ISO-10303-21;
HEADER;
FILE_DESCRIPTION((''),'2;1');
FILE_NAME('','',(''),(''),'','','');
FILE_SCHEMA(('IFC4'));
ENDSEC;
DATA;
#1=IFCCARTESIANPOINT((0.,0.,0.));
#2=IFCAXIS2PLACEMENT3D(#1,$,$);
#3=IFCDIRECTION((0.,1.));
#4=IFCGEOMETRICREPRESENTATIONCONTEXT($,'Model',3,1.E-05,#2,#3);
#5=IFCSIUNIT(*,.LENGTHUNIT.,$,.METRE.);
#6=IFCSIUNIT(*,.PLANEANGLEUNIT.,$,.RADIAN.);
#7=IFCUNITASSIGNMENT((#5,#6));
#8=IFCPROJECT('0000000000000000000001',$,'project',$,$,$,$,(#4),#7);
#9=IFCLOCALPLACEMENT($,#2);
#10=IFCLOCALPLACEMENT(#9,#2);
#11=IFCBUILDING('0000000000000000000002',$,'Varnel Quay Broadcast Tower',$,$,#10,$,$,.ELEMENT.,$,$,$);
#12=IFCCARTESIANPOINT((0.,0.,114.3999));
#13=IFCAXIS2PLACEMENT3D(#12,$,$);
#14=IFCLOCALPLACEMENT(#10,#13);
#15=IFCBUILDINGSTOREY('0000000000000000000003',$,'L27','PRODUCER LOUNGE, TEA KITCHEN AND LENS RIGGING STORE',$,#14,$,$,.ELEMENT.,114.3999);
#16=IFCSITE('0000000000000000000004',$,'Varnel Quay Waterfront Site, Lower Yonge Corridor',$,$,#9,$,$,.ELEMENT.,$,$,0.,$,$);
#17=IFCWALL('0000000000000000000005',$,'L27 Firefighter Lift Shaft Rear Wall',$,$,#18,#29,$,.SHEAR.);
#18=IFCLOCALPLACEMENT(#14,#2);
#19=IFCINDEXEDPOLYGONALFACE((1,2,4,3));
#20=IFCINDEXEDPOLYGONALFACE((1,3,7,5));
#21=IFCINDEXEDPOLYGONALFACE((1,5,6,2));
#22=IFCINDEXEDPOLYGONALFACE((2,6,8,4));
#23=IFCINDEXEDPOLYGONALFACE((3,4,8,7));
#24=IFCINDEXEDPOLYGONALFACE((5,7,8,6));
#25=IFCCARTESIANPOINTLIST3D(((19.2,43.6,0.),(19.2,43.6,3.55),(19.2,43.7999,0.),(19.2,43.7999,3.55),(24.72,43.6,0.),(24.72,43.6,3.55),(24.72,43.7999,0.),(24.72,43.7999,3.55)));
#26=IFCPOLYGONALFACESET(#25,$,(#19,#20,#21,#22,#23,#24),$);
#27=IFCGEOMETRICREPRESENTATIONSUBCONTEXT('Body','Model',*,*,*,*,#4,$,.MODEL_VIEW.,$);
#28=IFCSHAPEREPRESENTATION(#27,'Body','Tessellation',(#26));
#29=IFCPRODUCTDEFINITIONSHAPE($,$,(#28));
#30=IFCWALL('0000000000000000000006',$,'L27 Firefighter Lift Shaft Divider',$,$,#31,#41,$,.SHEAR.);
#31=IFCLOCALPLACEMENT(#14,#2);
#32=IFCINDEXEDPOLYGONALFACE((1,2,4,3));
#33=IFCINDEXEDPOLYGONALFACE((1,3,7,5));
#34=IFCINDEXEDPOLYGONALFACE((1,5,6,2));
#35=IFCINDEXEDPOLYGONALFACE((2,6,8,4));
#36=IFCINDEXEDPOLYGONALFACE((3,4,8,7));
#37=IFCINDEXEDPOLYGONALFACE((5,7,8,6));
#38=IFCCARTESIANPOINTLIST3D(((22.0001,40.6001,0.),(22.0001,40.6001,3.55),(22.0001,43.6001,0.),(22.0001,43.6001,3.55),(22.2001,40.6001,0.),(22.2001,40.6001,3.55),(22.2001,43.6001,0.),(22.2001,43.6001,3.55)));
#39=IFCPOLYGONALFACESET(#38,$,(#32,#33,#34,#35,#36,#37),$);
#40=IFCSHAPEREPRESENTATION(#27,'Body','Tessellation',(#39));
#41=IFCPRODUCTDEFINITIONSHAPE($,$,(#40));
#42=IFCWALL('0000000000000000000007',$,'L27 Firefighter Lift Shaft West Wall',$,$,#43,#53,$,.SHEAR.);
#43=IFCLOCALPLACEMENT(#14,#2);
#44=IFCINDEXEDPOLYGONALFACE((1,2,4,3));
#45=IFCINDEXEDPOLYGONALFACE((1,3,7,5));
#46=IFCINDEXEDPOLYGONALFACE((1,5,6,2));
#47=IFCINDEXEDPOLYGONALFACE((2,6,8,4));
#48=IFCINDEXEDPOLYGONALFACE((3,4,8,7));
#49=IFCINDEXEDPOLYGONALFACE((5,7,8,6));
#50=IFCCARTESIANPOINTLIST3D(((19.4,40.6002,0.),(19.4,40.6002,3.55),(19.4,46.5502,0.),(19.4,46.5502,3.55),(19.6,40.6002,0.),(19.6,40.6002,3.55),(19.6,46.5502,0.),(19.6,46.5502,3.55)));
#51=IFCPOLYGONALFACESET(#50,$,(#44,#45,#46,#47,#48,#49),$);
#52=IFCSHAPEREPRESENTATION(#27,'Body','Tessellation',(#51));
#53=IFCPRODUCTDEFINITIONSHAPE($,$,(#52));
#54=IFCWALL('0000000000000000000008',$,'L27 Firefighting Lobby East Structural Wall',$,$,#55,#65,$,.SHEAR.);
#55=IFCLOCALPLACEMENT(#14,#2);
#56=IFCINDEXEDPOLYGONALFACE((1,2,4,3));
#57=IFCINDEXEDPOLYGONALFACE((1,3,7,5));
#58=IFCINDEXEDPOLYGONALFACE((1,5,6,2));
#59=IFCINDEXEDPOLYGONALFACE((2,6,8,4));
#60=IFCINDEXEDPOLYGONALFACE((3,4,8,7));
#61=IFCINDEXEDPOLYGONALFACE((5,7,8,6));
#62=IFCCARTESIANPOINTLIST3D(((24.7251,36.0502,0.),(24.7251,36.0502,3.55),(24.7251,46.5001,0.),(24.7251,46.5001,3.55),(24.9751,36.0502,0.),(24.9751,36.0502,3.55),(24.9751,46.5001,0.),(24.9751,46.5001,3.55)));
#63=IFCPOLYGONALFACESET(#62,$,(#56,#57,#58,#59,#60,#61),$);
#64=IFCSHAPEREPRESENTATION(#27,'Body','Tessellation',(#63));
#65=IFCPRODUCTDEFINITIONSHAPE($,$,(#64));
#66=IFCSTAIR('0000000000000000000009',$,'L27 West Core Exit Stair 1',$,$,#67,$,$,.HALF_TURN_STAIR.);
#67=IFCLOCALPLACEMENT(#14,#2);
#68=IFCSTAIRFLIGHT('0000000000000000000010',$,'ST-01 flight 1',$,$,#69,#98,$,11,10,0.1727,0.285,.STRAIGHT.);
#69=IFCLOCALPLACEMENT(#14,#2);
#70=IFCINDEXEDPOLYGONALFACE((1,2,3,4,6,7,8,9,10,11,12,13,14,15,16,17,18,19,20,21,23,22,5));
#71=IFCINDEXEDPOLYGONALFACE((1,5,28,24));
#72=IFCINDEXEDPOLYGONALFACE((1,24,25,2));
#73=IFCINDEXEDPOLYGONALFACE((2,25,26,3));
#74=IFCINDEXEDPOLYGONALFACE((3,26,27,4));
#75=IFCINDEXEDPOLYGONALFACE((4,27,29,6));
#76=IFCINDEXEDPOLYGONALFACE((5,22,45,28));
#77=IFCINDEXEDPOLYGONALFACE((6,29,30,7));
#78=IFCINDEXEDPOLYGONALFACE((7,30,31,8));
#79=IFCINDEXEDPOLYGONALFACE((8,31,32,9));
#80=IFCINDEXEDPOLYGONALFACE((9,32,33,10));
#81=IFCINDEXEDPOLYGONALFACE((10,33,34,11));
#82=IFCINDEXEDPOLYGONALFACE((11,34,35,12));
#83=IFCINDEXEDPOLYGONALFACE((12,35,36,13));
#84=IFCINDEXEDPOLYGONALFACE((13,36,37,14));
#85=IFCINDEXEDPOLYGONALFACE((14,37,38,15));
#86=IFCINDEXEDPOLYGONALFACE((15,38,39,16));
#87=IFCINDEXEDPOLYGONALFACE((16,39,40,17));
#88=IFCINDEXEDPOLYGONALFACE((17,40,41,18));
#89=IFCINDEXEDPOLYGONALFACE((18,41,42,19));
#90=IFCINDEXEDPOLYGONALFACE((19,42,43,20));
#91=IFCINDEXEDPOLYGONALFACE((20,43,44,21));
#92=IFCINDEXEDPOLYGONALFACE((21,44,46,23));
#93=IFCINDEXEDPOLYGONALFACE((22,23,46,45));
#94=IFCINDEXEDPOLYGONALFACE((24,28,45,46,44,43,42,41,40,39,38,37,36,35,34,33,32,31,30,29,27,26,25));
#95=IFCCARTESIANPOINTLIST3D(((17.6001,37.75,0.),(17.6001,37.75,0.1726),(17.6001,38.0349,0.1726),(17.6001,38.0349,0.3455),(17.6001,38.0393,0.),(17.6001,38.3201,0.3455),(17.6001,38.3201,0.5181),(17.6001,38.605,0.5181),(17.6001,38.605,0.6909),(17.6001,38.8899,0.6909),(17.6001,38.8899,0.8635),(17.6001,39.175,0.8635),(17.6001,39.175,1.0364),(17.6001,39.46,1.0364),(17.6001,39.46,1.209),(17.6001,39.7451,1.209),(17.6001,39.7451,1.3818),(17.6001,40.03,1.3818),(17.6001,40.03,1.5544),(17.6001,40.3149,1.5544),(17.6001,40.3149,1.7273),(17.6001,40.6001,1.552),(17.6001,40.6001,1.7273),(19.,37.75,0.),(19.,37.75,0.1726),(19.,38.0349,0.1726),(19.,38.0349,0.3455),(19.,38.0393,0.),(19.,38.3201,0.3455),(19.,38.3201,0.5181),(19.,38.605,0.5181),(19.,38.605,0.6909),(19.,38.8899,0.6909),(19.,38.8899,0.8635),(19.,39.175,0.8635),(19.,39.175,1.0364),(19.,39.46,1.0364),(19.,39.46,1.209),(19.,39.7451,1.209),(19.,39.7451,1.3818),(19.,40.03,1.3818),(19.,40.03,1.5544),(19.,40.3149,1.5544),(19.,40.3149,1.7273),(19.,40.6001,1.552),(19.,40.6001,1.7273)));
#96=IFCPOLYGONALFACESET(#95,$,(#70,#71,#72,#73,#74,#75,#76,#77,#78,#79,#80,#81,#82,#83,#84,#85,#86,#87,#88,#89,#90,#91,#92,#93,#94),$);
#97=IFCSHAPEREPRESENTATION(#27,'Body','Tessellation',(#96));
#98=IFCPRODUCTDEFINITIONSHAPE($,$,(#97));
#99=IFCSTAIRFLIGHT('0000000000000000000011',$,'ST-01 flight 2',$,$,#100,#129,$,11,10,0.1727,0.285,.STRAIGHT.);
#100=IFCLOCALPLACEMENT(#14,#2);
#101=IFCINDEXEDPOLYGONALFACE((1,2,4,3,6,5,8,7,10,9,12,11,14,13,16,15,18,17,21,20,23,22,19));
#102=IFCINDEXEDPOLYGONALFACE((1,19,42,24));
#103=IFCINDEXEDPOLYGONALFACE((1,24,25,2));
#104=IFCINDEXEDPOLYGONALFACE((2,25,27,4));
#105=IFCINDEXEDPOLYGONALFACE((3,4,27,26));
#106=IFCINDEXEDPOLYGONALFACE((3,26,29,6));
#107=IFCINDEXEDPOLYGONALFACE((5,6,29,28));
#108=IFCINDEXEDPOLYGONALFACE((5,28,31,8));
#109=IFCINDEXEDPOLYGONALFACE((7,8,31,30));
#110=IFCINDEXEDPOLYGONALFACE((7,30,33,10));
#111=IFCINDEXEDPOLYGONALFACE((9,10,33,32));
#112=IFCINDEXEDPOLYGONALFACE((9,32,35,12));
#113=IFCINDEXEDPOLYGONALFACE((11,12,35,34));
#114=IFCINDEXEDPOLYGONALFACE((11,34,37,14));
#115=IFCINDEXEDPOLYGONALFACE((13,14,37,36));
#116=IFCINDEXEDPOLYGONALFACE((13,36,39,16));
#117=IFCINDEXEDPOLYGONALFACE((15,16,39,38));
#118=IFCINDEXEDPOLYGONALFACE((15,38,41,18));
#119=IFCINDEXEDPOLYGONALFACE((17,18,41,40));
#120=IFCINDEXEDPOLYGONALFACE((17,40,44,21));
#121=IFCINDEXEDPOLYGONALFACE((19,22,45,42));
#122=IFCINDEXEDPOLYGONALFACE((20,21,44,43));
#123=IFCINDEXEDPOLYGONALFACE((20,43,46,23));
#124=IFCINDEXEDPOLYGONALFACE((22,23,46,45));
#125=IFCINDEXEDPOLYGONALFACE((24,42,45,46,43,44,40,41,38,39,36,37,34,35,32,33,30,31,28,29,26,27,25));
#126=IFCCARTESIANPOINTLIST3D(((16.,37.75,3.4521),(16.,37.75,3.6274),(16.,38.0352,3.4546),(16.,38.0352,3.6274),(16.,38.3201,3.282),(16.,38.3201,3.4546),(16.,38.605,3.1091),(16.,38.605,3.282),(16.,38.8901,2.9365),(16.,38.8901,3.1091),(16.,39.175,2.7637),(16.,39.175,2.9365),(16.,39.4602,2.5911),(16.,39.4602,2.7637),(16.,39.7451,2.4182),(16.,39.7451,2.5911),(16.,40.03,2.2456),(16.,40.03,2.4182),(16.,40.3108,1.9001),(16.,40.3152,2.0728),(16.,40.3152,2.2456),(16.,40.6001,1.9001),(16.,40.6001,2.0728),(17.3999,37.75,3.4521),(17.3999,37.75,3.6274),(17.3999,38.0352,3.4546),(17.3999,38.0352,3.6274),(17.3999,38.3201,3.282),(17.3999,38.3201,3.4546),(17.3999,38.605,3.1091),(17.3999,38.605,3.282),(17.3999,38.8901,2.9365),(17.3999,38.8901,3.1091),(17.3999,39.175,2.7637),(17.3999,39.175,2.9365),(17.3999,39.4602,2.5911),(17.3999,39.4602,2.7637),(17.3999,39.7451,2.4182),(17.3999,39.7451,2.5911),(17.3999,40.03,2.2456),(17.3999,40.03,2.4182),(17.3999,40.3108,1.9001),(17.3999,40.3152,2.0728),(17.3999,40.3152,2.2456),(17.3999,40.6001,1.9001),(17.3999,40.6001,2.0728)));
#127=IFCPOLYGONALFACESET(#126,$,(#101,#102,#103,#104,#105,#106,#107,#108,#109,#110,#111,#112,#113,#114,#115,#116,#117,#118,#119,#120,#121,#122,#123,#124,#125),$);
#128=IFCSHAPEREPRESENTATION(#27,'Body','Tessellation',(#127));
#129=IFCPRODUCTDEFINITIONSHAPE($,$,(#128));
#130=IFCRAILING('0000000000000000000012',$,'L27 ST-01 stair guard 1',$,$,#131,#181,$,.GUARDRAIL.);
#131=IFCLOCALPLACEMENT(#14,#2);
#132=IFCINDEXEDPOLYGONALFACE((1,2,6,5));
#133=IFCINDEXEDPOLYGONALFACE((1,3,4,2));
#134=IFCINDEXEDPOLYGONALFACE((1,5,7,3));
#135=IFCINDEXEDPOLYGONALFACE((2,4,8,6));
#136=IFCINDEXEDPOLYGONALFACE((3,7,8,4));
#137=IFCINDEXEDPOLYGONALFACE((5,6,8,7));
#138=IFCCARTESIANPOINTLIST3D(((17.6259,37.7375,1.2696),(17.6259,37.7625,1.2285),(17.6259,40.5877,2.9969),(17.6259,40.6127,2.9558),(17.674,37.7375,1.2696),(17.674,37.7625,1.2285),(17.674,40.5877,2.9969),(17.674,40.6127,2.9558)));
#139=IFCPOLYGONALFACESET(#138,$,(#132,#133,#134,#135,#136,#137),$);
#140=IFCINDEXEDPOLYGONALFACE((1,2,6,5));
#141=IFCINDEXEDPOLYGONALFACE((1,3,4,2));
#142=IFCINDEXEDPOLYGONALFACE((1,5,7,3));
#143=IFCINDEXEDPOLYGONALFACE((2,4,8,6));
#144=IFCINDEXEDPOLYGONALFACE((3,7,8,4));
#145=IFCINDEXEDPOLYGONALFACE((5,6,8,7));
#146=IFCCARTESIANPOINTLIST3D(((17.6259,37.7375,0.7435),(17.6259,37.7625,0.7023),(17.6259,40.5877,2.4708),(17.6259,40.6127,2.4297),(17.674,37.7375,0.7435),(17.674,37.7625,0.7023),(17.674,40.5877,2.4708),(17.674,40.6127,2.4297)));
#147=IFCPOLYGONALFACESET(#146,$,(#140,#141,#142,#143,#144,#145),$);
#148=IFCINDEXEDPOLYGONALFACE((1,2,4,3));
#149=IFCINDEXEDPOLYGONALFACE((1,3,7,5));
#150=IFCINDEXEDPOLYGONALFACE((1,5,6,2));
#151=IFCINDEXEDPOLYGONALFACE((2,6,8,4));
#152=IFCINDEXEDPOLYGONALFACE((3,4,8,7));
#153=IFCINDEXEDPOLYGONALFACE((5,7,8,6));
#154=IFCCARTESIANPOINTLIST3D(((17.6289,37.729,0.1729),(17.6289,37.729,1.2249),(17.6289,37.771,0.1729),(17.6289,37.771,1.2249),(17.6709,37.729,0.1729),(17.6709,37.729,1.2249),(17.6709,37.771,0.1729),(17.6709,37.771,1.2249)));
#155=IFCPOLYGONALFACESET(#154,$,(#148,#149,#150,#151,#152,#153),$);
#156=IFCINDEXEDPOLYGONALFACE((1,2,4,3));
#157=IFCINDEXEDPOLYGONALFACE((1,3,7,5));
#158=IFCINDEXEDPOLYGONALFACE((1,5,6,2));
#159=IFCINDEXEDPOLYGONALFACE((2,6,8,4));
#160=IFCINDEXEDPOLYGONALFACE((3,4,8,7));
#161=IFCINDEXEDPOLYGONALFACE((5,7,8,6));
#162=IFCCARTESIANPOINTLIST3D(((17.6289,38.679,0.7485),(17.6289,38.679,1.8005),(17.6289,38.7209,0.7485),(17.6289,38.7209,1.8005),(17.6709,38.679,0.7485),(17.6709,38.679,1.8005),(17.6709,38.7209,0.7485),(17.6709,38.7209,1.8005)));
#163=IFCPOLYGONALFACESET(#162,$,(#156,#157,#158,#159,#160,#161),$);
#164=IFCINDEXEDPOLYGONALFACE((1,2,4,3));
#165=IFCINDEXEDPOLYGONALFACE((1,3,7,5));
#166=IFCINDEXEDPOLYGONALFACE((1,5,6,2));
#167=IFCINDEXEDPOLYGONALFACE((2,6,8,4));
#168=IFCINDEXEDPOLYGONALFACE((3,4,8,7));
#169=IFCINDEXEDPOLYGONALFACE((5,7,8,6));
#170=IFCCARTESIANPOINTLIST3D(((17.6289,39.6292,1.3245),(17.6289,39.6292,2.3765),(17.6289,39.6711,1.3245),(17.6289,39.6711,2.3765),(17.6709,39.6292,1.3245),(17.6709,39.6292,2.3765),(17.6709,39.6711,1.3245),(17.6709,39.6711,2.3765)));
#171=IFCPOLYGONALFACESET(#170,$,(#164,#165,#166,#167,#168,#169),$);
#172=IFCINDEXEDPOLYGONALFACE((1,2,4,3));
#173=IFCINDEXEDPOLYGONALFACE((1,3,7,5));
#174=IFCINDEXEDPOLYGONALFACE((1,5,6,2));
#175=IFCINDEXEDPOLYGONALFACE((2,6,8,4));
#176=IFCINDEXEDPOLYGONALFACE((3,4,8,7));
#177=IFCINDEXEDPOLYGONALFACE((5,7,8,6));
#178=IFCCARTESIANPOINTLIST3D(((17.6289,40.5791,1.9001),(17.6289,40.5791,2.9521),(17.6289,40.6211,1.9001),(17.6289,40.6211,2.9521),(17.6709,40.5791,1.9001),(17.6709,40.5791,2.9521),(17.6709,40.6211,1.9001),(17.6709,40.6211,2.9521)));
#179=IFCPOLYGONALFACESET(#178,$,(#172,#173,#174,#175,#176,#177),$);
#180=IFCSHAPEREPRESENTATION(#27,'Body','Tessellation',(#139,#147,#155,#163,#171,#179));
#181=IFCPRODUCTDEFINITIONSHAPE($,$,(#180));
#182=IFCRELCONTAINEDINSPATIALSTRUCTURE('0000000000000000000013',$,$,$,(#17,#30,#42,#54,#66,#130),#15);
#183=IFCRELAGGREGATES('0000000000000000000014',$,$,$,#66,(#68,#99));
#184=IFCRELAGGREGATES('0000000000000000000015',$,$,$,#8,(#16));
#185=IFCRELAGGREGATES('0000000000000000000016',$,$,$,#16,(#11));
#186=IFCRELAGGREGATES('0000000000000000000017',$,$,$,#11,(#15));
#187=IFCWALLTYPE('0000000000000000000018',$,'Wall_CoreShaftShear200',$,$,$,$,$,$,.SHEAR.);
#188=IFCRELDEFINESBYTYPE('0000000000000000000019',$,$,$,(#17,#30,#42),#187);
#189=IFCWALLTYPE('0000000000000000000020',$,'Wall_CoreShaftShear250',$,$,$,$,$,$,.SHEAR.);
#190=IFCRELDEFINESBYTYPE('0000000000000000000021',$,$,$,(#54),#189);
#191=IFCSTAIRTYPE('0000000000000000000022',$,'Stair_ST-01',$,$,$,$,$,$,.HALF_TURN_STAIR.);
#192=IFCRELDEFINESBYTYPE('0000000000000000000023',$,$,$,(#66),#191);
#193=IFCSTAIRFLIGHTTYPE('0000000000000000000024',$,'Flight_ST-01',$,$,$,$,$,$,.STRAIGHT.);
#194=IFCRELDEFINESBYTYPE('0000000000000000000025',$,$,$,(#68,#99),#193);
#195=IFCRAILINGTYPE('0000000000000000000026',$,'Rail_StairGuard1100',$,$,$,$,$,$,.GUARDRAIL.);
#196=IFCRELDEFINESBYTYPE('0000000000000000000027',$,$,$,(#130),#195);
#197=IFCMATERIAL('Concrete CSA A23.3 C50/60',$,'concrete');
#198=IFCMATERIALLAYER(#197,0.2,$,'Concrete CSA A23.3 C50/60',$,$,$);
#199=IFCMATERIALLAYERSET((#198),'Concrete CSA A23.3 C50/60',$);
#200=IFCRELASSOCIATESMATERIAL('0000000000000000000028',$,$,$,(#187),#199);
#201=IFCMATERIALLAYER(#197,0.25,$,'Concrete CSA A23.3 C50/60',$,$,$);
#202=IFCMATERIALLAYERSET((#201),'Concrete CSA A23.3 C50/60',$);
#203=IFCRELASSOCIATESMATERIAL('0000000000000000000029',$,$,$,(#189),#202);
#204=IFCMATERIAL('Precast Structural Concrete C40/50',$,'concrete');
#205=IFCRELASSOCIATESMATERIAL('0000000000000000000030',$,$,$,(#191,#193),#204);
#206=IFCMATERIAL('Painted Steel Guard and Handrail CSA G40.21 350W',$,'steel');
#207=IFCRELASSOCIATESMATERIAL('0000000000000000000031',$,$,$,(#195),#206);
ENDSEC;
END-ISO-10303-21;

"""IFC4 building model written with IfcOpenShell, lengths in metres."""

from ifc_helpers import new_model, si_unit, direction, frame, frame_2d, origin, origin_2d, place, context, subcontext, project, spatial, polyline, rectangle, outline, extrude, material, layer, layer_set, type_object, element, aggregate, save


model = new_model("IFC4")

# Units and contexts
model_context = context("Model", 3, precision=1e-05, world=origin(), true_north=direction((0.0, 1.0)))
body_context = subcontext(model_context, "Body", "Model", "MODEL_VIEW")
ifc_project = project(units=[si_unit("LENGTHUNIT", "METRE"), si_unit("PLANEANGLEUNIT", "RADIAN")], contexts=[model_context])

# Site, building, storey
site_placement = place(None, origin())
site = spatial("IfcSite", under=ifc_project, at=site_placement, Name="Varnel Quay Waterfront Site, Lower Yonge Corridor", CompositionType="ELEMENT", RefElevation=0.0)
building_placement = place(site_placement, origin())
building = spatial("IfcBuilding", under=site, at=building_placement, Name="Varnel Quay Broadcast Tower", CompositionType="ELEMENT")
storey_placement = place(building_placement, frame((0.0, 0.0, 114.3999)))
storey = spatial("IfcBuildingStorey", under=building, at=storey_placement, Name="L27", Description="PRODUCER LOUNGE, TEA KITCHEN AND LENS RIGGING STORE", CompositionType="ELEMENT", Elevation=114.3999)

# Shared definitions
ifc_material_1 = material(Name="Concrete CSA A23.3 C50/60", Category="concrete")
ifc_layer_1 = layer(ifc_material_1, 0.2, Name="Concrete CSA A23.3 C50/60")
ifc_layer_set_1 = layer_set([ifc_layer_1], Name="Concrete CSA A23.3 C50/60")
wall_type_1 = type_object("IfcWallType", Name="Wall_CoreShaftShear200", PredefinedType="SHEAR", material=ifc_layer_set_1)

# Walls
wall_1_placement = place(storey_placement, frame((19.2, 43.7, 0.0), z_axis=(0.0, 0.0, 1.0), x_axis=(1.0, 0.0, 0.0)))
element("IfcWall", 1, at=wall_1_placement, inside=storey, type_object=wall_type_1, Name="L27 Firefighter Lift Shaft Rear Wall", PredefinedType="SHEAR", context=body_context, shape_type="SweptSolid", body=[
    extrude(rectangle(XDim=5.52, YDim=0.2, at=frame_2d((2.76, 0.0))), origin(), (0.0, 0.0, 1.0), 3.55),
])
wall_2_placement = place(storey_placement, frame((22.1001, 40.6001, 0.0), z_axis=(0.0, 0.0, 1.0), x_axis=(0.0, 1.0, 0.0)))
element("IfcWall", 2, at=wall_2_placement, inside=storey, type_object=wall_type_1, Name="L27 Firefighter Lift Shaft Divider", PredefinedType="SHEAR", context=body_context, shape_type="SweptSolid", body=[
    extrude(rectangle(XDim=3.0, YDim=0.2, at=frame_2d((1.5, 0.0))), origin(), (0.0, 0.0, 1.0), 3.55),
])
wall_3_placement = place(storey_placement, frame((19.5, 40.6001, 0.0), z_axis=(0.0, 0.0, 1.0), x_axis=(0.0, 1.0, 0.0)))
element("IfcWall", 3, at=wall_3_placement, inside=storey, type_object=wall_type_1, Name="L27 Firefighter Lift Shaft West Wall", PredefinedType="SHEAR", context=body_context, shape_type="SweptSolid", body=[
    extrude(rectangle(XDim=5.95, YDim=0.2, at=frame_2d((2.9751, 0.0))), origin(), (0.0, 0.0, 1.0), 3.55),
])
ifc_layer_2 = layer(ifc_material_1, 0.25, Name="Concrete CSA A23.3 C50/60")
ifc_layer_set_2 = layer_set([ifc_layer_2], Name="Concrete CSA A23.3 C50/60")
wall_type_2 = type_object("IfcWallType", Name="Wall_CoreShaftShear250", PredefinedType="SHEAR", material=ifc_layer_set_2)
wall_4_placement = place(storey_placement, frame((24.8501, 36.05, 0.0), z_axis=(0.0, 0.0, 1.0), x_axis=(0.0, 1.0, 0.0)))
element("IfcWall", 4, at=wall_4_placement, inside=storey, type_object=wall_type_2, Name="L27 Firefighting Lobby East Structural Wall", PredefinedType="SHEAR", context=body_context, shape_type="SweptSolid", body=[
    extrude(rectangle(XDim=10.45, YDim=0.25, at=frame_2d((5.2251, 0.0))), origin(), (0.0, 0.0, 1.0), 3.55),
])

# Stair, stair flights
ifc_material_2 = material(Name="Precast Structural Concrete C40/50", Category="concrete")
stair_type = type_object("IfcStairType", Name="Stair_ST-01", PredefinedType="HALF_TURN_STAIR", material=ifc_material_2)
stair_placement = place(storey_placement, origin())
stair = element("IfcStair", 5, at=stair_placement, inside=storey, type_object=stair_type, Name="L27 West Core Exit Stair 1", PredefinedType="HALF_TURN_STAIR")
stair_flight_type = type_object("IfcStairFlightType", Name="Flight_ST-01", PredefinedType="STRAIGHT", material=ifc_material_2)
stair_flight_1_placement = place(storey_placement, frame((18.3, 37.75, 0.0), z_axis=(0.0, 0.0, 1.0), x_axis=(0.0, 1.0, 0.0)))
stair_flight_1 = element("IfcStairFlight", 6, at=stair_flight_1_placement, type_object=stair_flight_type, Name="ST-01 flight 1", NumberOfRisers=11, NumberOfTreads=10, PredefinedType="STRAIGHT", RiserHeight=0.1727, TreadLength=0.285, context=body_context, shape_type="SweptSolid", body=[
    extrude(outline(polyline([(0.0, 0.0), (0.0, 0.1726), (0.2849, 0.1726), (0.2849, 0.3455), (0.5701, 0.3455), (0.5701, 0.5181), (0.855, 0.5181), (0.855, 0.6909), (1.1399, 0.6909), (1.1399, 0.8635), (1.425, 0.8635), (1.425, 1.0364), (1.71, 1.0364), (1.71, 1.209), (1.9951, 1.209), (1.9951, 1.3818), (2.28, 1.3818), (2.28, 1.5544), (2.5649, 1.5544), (2.5649, 1.7273), (2.8501, 1.7273), (2.8501, 1.8999), (2.8501, 1.552), (0.2893, 0.0), (0.0, 0.0)])), frame((0.0, 0.7, 0.0), z_axis=(0.0, -1.0, 0.0), x_axis=(1.0, 0.0, 0.0)), (0.0, 0.0, 1.0), 1.3999),
])
stair_flight_2_placement = place(storey_placement, frame((16.7, 40.6001, 1.9001), z_axis=(0.0, 0.0, 1.0), x_axis=(0.0, -1.0, 0.0)))
stair_flight_2 = element("IfcStairFlight", 7, at=stair_flight_2_placement, type_object=stair_flight_type, Name="ST-01 flight 2", NumberOfRisers=11, NumberOfTreads=10, PredefinedType="STRAIGHT", RiserHeight=0.1727, TreadLength=0.285, context=body_context, shape_type="SweptSolid", body=[
    extrude(outline(polyline([(0.0, 0.0), (0.0, 0.1726), (0.2849, 0.1726), (0.2849, 0.3455), (0.5701, 0.3455), (0.5701, 0.5181), (0.855, 0.5181), (0.855, 0.6909), (1.1399, 0.6909), (1.1399, 0.8635), (1.425, 0.8635), (1.425, 1.0364), (1.71, 1.0364), (1.71, 1.209), (1.9951, 1.209), (1.9951, 1.3818), (2.28, 1.3818), (2.28, 1.5544), (2.5649, 1.5544), (2.5649, 1.7273), (2.8501, 1.7273), (2.8501, 1.8999), (2.8501, 1.552), (0.2893, 0.0), (0.0, 0.0)])), frame((0.0, 0.7, 0.0), z_axis=(0.0, -1.0, 0.0), x_axis=(1.0, 0.0, 0.0)), (0.0, 0.0, 1.0), 1.3999),
])
aggregate(stair, [stair_flight_1, stair_flight_2])

# Railing
ifc_material_3 = material(Name="Painted Steel Guard and Handrail CSA G40.21 350W", Category="steel")
railing_type_1 = type_object("IfcRailingType", Name="Rail_StairGuard1100", PredefinedType="GUARDRAIL", material=ifc_material_3)
railing_1_placement = place(storey_placement, frame((17.6499, 37.75, 0.1729)))
element("IfcRailing", 8, at=railing_1_placement, inside=storey, type_object=railing_type_1, Name="L27 ST-01 stair guard 1", PredefinedType="GUARDRAIL", context=body_context, shape_type="SweptSolid", body=[
    extrude(rectangle(XDim=0.0481, YDim=0.0481, at=origin_2d()), frame((0.0, 0.0, 1.0762), z_axis=(0.0, 0.855203, 0.518294), x_axis=(-1.0, 0.0, 0.0)), (0.0, 0.0, 1.0), 3.3328),
    extrude(rectangle(XDim=0.0481, YDim=0.0481, at=origin_2d()), frame((0.0, 0.0, 0.55), z_axis=(0.0, 0.855203, 0.518294), x_axis=(-1.0, 0.0, 0.0)), (0.0, 0.0, 1.0), 3.3328),
    extrude(rectangle(XDim=0.042, YDim=0.042, at=origin_2d()), origin(), (0.0, 0.0, 1.0), 1.052),
    extrude(rectangle(XDim=0.042, YDim=0.042, at=origin_2d()), frame((0.0, 0.95, 0.5757)), (0.0, 0.0, 1.0), 1.052),
    extrude(rectangle(XDim=0.042, YDim=0.042, at=origin_2d()), frame((0.0, 1.9001, 1.1516)), (0.0, 0.0, 1.0), 1.052),
    extrude(rectangle(XDim=0.042, YDim=0.042, at=origin_2d()), frame((0.0, 2.8501, 1.7273)), (0.0, 0.0, 1.0), 1.052),
])

save(model, "model.ifc")
